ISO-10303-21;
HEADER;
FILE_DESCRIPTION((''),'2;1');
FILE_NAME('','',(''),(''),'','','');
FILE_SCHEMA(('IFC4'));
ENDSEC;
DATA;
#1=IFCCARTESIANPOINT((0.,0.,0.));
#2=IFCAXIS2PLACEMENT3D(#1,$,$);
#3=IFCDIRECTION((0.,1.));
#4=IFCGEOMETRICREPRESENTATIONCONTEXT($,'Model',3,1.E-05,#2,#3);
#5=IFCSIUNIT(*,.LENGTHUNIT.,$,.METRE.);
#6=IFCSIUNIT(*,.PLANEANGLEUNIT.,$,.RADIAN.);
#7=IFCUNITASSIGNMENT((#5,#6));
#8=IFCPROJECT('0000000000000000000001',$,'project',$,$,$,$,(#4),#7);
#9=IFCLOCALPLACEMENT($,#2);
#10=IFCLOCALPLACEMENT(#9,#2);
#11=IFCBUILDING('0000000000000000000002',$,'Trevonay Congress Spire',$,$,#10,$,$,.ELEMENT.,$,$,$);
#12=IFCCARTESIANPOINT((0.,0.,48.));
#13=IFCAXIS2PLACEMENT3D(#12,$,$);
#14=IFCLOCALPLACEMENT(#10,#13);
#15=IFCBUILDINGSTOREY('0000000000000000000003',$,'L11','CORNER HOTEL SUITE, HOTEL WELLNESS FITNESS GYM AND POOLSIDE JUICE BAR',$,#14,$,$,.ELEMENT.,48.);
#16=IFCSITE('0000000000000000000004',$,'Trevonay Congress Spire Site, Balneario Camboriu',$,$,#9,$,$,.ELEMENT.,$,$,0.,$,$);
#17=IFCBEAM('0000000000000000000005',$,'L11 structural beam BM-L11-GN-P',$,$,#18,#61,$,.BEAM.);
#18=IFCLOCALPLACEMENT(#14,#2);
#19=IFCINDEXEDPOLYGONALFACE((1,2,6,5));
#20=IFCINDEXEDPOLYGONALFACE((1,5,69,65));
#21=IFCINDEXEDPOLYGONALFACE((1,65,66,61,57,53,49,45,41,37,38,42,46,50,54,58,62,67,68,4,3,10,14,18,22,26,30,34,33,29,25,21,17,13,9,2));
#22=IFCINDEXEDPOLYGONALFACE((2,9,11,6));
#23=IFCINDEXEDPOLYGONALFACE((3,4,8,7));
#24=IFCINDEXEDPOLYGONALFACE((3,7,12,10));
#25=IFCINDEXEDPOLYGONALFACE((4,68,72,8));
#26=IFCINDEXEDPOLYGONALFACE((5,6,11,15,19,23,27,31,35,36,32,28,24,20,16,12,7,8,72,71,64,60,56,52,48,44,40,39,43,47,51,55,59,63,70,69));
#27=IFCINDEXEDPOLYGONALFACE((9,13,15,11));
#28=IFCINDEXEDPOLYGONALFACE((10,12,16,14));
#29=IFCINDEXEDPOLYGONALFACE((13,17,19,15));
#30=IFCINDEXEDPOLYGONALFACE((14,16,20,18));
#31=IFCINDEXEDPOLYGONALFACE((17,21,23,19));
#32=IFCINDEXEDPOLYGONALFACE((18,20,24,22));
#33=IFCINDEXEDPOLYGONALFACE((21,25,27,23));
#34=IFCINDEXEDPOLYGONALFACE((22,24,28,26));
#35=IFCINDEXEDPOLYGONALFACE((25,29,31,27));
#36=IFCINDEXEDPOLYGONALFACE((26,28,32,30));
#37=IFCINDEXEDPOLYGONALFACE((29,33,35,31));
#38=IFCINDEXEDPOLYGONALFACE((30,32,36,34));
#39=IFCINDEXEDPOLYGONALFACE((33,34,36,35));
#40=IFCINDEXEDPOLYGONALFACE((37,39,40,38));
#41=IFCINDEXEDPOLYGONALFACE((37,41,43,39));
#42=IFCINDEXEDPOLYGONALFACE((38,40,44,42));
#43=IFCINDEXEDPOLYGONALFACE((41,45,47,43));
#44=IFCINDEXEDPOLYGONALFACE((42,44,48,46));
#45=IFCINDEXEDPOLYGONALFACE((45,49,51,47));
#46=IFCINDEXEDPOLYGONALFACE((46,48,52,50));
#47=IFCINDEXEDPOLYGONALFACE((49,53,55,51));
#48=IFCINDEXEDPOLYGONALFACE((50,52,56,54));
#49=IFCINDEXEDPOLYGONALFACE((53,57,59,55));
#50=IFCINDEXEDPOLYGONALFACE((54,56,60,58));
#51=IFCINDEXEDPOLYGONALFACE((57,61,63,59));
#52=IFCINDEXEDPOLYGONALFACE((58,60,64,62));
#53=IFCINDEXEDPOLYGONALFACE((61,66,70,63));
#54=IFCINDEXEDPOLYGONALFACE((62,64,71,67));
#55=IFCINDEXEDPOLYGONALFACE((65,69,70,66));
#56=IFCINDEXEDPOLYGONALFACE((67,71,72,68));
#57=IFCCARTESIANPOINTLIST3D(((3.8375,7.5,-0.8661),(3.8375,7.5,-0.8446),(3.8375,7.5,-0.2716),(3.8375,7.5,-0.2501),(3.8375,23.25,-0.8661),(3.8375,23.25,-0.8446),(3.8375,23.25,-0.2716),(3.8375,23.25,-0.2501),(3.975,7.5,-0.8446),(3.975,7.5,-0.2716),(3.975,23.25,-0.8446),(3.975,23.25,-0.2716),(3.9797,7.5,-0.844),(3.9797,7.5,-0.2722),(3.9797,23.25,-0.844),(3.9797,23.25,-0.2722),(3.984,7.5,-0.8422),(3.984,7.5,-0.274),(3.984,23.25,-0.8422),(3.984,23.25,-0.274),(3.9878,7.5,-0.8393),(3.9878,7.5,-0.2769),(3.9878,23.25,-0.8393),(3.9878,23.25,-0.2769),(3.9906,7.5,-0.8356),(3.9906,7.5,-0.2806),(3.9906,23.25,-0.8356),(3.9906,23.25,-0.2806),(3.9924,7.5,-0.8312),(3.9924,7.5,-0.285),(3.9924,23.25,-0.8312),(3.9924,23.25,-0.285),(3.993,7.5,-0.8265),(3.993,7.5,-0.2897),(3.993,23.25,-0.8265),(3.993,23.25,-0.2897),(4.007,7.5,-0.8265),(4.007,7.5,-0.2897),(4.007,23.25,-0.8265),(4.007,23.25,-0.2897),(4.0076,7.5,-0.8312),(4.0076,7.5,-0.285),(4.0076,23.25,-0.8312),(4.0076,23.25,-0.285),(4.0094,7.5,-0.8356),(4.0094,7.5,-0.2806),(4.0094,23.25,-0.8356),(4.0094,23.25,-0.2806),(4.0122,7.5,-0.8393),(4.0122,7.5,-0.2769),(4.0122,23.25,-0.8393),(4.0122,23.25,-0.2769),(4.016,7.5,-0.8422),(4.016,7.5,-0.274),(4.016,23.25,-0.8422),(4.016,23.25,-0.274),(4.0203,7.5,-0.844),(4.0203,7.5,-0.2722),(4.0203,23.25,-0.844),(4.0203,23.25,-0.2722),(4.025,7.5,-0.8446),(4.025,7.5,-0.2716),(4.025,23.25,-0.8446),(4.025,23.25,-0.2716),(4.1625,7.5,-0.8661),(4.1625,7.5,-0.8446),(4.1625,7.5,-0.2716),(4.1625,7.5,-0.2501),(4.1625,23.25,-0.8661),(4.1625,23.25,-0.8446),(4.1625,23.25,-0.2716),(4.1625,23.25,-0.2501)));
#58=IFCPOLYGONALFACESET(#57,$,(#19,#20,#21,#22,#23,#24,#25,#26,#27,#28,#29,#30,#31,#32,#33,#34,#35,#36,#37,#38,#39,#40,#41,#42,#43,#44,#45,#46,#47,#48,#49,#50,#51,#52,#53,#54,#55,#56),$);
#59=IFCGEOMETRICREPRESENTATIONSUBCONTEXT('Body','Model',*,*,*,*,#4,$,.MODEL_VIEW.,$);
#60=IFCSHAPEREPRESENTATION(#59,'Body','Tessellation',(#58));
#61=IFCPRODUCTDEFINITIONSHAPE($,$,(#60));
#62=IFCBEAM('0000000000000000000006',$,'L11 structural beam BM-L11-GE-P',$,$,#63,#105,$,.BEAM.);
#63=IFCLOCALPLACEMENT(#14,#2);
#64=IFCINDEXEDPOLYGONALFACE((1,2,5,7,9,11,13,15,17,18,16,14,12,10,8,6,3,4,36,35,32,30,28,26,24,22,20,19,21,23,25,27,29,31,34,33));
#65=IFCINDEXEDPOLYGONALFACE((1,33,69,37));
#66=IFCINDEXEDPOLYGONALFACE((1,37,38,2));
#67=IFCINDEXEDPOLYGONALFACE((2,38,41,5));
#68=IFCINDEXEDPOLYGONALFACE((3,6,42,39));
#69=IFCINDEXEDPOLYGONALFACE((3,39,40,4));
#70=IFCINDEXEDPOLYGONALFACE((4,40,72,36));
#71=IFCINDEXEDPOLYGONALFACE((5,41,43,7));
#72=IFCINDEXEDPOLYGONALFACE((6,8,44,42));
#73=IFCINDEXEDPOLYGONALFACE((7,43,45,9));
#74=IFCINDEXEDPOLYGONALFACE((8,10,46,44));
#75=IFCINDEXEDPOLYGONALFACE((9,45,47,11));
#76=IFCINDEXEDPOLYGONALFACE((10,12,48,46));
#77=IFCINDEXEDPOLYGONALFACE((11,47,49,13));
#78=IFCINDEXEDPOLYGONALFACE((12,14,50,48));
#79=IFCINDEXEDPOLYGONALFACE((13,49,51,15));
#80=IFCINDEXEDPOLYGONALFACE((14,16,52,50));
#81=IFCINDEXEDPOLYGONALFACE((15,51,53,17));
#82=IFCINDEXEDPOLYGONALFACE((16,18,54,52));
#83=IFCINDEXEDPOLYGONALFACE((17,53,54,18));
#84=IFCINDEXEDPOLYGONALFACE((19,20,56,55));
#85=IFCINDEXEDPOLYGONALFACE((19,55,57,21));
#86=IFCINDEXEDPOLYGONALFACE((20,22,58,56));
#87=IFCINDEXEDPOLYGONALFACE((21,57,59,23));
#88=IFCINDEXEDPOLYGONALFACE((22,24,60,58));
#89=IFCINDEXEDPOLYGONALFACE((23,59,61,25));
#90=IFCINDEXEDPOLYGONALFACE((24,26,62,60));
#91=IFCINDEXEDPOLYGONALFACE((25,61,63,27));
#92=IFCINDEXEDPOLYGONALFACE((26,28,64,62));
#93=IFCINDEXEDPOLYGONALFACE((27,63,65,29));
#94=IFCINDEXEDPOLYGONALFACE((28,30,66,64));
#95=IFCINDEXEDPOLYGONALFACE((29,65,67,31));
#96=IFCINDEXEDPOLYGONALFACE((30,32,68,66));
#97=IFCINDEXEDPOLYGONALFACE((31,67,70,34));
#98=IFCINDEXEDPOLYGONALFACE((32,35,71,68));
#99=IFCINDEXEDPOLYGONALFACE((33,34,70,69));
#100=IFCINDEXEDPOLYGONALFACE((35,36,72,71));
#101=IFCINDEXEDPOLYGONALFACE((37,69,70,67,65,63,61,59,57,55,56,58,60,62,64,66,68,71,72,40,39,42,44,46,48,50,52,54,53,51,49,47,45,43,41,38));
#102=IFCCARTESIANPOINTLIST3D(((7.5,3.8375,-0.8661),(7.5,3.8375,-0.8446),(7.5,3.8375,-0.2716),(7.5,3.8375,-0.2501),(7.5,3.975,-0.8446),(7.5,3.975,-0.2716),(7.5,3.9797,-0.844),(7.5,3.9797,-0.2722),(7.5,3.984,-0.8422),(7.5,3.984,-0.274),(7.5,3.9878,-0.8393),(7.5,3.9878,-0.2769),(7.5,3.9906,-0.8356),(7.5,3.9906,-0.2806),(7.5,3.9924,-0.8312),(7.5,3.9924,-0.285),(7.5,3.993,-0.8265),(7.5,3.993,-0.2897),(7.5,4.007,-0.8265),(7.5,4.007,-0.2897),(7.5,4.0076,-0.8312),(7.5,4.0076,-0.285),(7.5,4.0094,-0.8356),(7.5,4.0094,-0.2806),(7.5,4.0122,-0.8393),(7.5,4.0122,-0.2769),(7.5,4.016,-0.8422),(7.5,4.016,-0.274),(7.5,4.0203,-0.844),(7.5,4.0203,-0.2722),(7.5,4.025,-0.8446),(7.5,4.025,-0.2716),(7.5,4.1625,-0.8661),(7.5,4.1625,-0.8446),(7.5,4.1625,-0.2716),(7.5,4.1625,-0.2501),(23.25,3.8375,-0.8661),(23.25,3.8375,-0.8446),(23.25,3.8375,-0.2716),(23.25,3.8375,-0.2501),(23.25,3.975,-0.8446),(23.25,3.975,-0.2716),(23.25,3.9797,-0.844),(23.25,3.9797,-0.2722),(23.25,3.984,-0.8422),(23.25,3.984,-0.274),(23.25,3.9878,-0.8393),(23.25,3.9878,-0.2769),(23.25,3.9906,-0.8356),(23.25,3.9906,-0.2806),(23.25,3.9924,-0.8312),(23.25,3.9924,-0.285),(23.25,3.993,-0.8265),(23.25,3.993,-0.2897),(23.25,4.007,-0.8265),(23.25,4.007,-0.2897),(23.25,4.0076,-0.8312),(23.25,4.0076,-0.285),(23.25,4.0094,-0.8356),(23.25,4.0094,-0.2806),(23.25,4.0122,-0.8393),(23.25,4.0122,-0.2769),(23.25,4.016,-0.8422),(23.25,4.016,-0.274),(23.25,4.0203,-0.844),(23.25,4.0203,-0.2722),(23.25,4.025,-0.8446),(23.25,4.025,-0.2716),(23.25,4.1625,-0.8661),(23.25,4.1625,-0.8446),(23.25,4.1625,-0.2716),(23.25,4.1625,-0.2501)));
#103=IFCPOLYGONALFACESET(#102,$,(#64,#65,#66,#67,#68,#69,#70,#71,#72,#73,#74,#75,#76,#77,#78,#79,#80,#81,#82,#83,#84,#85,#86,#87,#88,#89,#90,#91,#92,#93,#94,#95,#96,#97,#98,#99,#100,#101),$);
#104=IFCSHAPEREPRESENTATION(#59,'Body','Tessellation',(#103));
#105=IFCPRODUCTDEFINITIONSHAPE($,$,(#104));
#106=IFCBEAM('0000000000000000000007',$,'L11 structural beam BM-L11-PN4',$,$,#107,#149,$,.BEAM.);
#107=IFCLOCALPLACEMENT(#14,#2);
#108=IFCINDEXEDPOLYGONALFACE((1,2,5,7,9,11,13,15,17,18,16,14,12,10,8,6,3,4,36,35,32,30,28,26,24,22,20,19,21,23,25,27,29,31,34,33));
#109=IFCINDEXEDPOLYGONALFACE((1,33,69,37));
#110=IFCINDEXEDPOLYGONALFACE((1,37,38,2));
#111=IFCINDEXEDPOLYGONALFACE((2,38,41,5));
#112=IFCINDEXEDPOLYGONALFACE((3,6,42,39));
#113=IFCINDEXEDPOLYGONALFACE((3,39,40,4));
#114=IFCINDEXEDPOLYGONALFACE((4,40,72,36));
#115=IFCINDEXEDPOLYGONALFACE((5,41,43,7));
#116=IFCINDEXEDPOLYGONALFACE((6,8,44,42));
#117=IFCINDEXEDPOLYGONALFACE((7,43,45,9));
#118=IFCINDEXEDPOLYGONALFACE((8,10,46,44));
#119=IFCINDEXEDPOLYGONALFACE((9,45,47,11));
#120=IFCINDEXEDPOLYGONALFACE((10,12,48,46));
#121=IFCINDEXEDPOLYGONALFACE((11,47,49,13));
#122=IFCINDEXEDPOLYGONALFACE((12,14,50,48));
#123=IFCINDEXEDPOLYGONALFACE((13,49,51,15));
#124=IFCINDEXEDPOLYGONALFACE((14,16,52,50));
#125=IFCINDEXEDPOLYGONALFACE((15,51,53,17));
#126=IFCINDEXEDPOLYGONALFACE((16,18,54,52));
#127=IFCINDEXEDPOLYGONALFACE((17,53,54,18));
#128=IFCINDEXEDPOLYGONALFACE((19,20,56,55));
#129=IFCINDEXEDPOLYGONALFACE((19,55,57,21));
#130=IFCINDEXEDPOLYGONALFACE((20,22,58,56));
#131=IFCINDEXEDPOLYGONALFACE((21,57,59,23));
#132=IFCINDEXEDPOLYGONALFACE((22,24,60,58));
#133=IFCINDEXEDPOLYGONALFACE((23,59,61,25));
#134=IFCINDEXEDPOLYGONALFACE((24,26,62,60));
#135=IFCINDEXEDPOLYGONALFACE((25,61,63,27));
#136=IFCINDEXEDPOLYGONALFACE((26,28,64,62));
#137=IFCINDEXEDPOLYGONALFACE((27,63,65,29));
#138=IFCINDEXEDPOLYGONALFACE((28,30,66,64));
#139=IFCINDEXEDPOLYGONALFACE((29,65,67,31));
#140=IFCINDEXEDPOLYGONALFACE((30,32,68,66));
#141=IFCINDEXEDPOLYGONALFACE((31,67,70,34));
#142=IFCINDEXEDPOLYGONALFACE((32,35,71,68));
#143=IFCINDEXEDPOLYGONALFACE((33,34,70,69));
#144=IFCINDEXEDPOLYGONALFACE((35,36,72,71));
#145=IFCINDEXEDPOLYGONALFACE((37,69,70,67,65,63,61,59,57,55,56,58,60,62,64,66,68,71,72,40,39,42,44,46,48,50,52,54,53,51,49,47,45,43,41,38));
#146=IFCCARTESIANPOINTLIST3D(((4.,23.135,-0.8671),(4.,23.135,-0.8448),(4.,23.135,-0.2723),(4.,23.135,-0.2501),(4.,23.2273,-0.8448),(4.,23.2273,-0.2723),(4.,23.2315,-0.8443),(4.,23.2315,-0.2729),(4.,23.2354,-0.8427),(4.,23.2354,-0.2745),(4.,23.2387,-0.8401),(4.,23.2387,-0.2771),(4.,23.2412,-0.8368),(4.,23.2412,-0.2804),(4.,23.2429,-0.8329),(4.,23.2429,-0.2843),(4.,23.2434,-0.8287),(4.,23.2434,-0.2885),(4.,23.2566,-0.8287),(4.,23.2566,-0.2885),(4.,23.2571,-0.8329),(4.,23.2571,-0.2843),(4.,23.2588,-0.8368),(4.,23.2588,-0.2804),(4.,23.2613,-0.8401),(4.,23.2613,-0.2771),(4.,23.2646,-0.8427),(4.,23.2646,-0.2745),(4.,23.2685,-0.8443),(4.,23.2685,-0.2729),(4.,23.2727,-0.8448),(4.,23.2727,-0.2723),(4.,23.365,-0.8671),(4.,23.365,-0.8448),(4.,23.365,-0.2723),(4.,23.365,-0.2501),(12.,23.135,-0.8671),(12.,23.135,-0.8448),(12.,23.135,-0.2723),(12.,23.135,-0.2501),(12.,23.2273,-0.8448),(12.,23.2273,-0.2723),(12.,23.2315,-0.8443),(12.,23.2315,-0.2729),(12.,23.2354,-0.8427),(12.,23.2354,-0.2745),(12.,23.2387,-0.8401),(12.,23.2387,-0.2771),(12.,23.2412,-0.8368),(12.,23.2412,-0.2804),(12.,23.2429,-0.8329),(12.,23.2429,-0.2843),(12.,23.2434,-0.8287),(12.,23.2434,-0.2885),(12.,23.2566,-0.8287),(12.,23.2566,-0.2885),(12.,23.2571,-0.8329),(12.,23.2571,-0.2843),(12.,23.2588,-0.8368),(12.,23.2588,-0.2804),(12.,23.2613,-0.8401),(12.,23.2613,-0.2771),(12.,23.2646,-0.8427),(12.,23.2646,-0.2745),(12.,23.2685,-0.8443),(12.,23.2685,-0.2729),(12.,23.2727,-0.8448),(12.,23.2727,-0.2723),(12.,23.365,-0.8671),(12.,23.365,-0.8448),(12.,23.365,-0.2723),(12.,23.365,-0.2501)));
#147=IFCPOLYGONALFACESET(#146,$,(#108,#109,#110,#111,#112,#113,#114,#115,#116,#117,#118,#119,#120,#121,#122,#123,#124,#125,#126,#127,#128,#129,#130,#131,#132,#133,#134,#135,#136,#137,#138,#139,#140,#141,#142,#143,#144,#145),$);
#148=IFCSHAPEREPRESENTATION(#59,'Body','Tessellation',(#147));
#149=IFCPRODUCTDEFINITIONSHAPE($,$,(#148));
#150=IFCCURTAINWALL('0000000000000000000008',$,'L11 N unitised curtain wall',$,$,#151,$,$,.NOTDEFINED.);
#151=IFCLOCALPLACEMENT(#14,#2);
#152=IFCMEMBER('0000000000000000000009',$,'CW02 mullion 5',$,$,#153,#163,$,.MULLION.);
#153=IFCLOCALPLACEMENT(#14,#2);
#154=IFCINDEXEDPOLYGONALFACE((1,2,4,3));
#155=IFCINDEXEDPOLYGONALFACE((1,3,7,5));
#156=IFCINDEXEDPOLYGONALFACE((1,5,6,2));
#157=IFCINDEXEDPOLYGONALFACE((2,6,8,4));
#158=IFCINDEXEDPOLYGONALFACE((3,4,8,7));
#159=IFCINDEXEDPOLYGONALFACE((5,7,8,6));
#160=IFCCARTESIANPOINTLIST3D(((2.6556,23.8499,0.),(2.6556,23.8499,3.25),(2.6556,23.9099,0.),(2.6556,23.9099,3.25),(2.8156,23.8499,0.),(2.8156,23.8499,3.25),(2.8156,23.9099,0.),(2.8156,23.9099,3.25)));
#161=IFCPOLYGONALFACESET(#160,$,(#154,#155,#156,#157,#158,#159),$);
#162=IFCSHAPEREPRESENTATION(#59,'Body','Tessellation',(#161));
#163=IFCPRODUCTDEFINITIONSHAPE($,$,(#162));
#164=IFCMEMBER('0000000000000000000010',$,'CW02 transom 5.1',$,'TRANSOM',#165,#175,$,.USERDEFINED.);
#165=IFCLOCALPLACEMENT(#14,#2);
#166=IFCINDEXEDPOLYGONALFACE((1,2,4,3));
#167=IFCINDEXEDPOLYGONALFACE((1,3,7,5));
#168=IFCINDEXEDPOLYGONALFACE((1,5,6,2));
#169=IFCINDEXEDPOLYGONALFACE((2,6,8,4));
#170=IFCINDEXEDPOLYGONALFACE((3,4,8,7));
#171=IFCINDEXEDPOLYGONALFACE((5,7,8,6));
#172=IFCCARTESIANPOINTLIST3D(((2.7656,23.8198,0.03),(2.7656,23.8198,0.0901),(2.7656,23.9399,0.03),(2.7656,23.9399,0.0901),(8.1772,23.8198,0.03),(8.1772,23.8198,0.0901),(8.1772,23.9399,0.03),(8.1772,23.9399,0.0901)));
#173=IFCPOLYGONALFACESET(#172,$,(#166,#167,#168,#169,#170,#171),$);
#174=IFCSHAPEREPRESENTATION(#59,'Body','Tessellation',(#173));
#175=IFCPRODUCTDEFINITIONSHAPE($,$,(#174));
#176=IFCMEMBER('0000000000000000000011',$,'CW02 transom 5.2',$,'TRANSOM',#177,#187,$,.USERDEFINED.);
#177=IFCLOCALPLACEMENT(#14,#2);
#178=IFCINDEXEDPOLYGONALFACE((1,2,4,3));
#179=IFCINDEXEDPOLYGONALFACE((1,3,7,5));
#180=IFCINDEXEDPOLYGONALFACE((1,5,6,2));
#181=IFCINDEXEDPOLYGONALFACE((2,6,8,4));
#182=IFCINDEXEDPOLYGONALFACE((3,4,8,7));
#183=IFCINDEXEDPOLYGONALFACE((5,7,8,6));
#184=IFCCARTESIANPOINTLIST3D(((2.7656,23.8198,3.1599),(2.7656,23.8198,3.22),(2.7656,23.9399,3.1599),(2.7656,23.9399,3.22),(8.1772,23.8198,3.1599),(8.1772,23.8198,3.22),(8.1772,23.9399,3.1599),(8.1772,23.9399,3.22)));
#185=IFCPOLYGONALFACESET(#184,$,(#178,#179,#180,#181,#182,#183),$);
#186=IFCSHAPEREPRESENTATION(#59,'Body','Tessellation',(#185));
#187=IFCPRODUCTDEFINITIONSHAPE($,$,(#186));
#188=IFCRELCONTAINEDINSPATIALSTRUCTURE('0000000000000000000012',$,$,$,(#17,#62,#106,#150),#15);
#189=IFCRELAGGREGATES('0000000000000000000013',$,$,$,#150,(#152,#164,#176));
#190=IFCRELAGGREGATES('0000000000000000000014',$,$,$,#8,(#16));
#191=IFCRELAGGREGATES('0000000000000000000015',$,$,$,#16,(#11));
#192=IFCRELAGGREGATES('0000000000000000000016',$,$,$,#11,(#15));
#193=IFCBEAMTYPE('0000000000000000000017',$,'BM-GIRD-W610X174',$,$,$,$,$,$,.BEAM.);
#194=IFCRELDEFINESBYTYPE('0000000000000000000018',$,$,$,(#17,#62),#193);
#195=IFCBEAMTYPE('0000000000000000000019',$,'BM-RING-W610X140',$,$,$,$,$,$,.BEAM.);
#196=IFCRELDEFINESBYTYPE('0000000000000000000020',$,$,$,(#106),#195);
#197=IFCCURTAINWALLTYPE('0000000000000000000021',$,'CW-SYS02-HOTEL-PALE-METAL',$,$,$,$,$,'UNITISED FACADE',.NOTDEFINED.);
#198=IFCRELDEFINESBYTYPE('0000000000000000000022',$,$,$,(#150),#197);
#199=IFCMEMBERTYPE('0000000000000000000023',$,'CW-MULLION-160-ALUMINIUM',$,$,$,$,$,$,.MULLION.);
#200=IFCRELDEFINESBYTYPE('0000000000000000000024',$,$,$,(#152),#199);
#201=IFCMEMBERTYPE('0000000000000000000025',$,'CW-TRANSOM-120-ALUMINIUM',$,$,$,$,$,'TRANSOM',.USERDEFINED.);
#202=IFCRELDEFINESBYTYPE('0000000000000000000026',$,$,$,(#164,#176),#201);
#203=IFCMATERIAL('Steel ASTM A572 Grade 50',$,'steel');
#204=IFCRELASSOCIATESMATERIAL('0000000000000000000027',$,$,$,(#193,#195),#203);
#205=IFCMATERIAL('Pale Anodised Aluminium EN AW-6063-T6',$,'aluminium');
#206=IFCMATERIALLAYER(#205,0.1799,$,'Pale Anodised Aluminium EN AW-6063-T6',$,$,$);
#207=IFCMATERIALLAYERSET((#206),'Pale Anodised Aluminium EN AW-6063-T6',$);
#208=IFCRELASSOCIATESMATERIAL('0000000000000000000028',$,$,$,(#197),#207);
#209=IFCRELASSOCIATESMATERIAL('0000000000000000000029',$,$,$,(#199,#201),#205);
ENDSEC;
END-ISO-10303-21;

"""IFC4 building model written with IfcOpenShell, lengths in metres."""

from ifc_helpers import new_model, si_unit, direction, frame, origin, origin_2d, place, context, subcontext, project, spatial, rectangle, i_section, extrude, material, layer, layer_set, material_profile, profile_set, type_object, element, aggregate, save


model = new_model("IFC4")

# Units and contexts
model_context = context("Model", 3, precision=1e-05, world=origin(), true_north=direction((0.0, 1.0)))
body_context = subcontext(model_context, "Body", "Model", "MODEL_VIEW")
ifc_project = project(units=[si_unit("LENGTHUNIT", "METRE"), si_unit("PLANEANGLEUNIT", "RADIAN")], contexts=[model_context])

# Site, building, storey
site_placement = place(None, origin())
site = spatial("IfcSite", under=ifc_project, at=site_placement, Name="Trevonay Congress Spire Site, Balneario Camboriu", CompositionType="ELEMENT", RefElevation=0.0)
building_placement = place(site_placement, origin())
building = spatial("IfcBuilding", under=site, at=building_placement, Name="Trevonay Congress Spire", CompositionType="ELEMENT")
storey_placement = place(building_placement, frame((0.0, 0.0, 48.0)))
storey = spatial("IfcBuildingStorey", under=building, at=storey_placement, Name="L11", Description="CORNER HOTEL SUITE, HOTEL WELLNESS FITNESS GYM AND POOLSIDE JUICE BAR", CompositionType="ELEMENT", Elevation=48.0)

# Shared definitions
ifc_material_1 = material(Name="Steel ASTM A572 Grade 50", Category="steel")

# Beams
ifc_material_profile_1 = material_profile(ifc_material_1, i_section(OverallWidth=0.325, OverallDepth=0.616, WebThickness=0.0139, FlangeThickness=0.0215, FilletRadius=0.0181, at=origin_2d()), Name="W610x174")
ifc_profile_set_1 = profile_set([ifc_material_profile_1], Name="Steel ASTM A572 Grade 50")
beam_type_1 = type_object("IfcBeamType", Name="BM-GIRD-W610X174", PredefinedType="BEAM", material=ifc_profile_set_1)
for number, where, z_axis, x_axis, name in (
    (1, (4.0, 7.5, -0.5581), (0.0, 1.0, 0.0), (-1.0, 0.0, 0.0), "L11 structural beam BM-L11-GN-P"),
    (2, (7.5, 4.0, -0.5581), (1.0, 0.0, 0.0), (0.0, 1.0, 0.0), "L11 structural beam BM-L11-GE-P"),
):
    element("IfcBeam", number, at=place(storey_placement, frame(where, z_axis=z_axis, x_axis=x_axis)), inside=storey, type_object=beam_type_1, Name=name, PredefinedType="BEAM", context=body_context, shape_type="SweptSolid", body=[
        extrude(i_section(OverallWidth=0.325, OverallDepth=0.616, WebThickness=0.0139, FlangeThickness=0.0215, FilletRadius=0.0181, at=origin_2d()), origin(), (0.0, 0.0, 1.0), 15.75),
    ])
ifc_material_profile_2 = material_profile(ifc_material_1, i_section(OverallWidth=0.23, OverallDepth=0.6169, WebThickness=0.0132, FlangeThickness=0.0222, FilletRadius=0.0161, at=origin_2d()), Name="W610x140")
ifc_profile_set_2 = profile_set([ifc_material_profile_2], Name="Steel ASTM A572 Grade 50")
beam_type_2 = type_object("IfcBeamType", Name="BM-RING-W610X140", PredefinedType="BEAM", material=ifc_profile_set_2)
beam_1_placement = place(storey_placement, frame((4.0, 23.25, -0.5586), z_axis=(1.0, 0.0, 0.0), x_axis=(0.0, 1.0, 0.0)))
element("IfcBeam", 3, at=beam_1_placement, inside=storey, type_object=beam_type_2, Name="L11 structural beam BM-L11-PN4", PredefinedType="BEAM", context=body_context, shape_type="SweptSolid", body=[
    extrude(i_section(OverallWidth=0.23, OverallDepth=0.6169, WebThickness=0.0132, FlangeThickness=0.0222, FilletRadius=0.0161, at=origin_2d()), origin(), (0.0, 0.0, 1.0), 8.0),
])

# Curtain wall, members
ifc_material_2 = material(Name="Pale Anodised Aluminium EN AW-6063-T6", Category="aluminium")
ifc_layer_1 = layer(ifc_material_2, 0.1799, Name="Pale Anodised Aluminium EN AW-6063-T6")
ifc_layer_set_1 = layer_set([ifc_layer_1], Name="Pale Anodised Aluminium EN AW-6063-T6")
curtain_wall_type = type_object("IfcCurtainWallType", Name="CW-SYS02-HOTEL-PALE-METAL", ElementType="UNITISED FACADE", PredefinedType="NOTDEFINED", material=ifc_layer_set_1)
curtain_wall_placement = place(storey_placement, origin())
curtain_wall = element("IfcCurtainWall", 4, at=curtain_wall_placement, inside=storey, type_object=curtain_wall_type, Name="L11 N unitised curtain wall", PredefinedType="NOTDEFINED")
ifc_material_profile_3 = material_profile(ifc_material_2, rectangle(XDim=0.0601, YDim=0.1599, at=origin_2d()), Name="CW-MULLION-160-ALUMINIUM")
ifc_profile_set_3 = profile_set([ifc_material_profile_3], Name="Pale Anodised Aluminium EN AW-6063-T6")
member_type_1 = type_object("IfcMemberType", Name="CW-MULLION-160-ALUMINIUM", PredefinedType="MULLION", material=ifc_profile_set_3)
member_1_placement = place(storey_placement, frame((2.7356, 23.8799, 0.0), z_axis=(0.0, 0.0, 1.0), x_axis=(0.0, 1.0, 0.0)))
member_1 = element("IfcMember", 5, at=member_1_placement, type_object=member_type_1, Name="CW02 mullion 5", PredefinedType="MULLION", context=body_context, shape_type="SweptSolid", body=[
    extrude(rectangle(XDim=0.0601, YDim=0.1599, at=origin_2d()), origin(), (0.0, 0.0, 1.0), 3.25),
])
ifc_material_profile_4 = material_profile(ifc_material_2, rectangle(XDim=0.1201, YDim=0.0601, at=origin_2d()), Name="CW-TRANSOM-120-ALUMINIUM")
ifc_profile_set_4 = profile_set([ifc_material_profile_4], Name="Pale Anodised Aluminium EN AW-6063-T6")
member_type_2 = type_object("IfcMemberType", Name="CW-TRANSOM-120-ALUMINIUM", ElementType="TRANSOM", PredefinedType="USERDEFINED", material=ifc_profile_set_4)
member_2_placement = place(storey_placement, frame((2.7656, 23.8799, 0.0601), z_axis=(1.0, 0.0, 0.0), x_axis=(0.0, 1.0, 0.0)))
member_2 = element("IfcMember", 6, at=member_2_placement, type_object=member_type_2, Name="CW02 transom 5.1", ObjectType="TRANSOM", PredefinedType="USERDEFINED", context=body_context, shape_type="SweptSolid", body=[
    extrude(rectangle(XDim=0.1201, YDim=0.0601, at=origin_2d()), origin(), (0.0, 0.0, 1.0), 5.4116),
])
member_3_placement = place(storey_placement, frame((2.7656, 23.8799, 3.1899), z_axis=(1.0, 0.0, 0.0), x_axis=(0.0, 1.0, 0.0)))
member_3 = element("IfcMember", 7, at=member_3_placement, type_object=member_type_2, Name="CW02 transom 5.2", ObjectType="TRANSOM", PredefinedType="USERDEFINED", context=body_context, shape_type="SweptSolid", body=[
    extrude(rectangle(XDim=0.1201, YDim=0.0601, at=origin_2d()), origin(), (0.0, 0.0, 1.0), 5.4116),
])

aggregate(curtain_wall, [member_1, member_2, member_3])

save(model, "model.ifc")
